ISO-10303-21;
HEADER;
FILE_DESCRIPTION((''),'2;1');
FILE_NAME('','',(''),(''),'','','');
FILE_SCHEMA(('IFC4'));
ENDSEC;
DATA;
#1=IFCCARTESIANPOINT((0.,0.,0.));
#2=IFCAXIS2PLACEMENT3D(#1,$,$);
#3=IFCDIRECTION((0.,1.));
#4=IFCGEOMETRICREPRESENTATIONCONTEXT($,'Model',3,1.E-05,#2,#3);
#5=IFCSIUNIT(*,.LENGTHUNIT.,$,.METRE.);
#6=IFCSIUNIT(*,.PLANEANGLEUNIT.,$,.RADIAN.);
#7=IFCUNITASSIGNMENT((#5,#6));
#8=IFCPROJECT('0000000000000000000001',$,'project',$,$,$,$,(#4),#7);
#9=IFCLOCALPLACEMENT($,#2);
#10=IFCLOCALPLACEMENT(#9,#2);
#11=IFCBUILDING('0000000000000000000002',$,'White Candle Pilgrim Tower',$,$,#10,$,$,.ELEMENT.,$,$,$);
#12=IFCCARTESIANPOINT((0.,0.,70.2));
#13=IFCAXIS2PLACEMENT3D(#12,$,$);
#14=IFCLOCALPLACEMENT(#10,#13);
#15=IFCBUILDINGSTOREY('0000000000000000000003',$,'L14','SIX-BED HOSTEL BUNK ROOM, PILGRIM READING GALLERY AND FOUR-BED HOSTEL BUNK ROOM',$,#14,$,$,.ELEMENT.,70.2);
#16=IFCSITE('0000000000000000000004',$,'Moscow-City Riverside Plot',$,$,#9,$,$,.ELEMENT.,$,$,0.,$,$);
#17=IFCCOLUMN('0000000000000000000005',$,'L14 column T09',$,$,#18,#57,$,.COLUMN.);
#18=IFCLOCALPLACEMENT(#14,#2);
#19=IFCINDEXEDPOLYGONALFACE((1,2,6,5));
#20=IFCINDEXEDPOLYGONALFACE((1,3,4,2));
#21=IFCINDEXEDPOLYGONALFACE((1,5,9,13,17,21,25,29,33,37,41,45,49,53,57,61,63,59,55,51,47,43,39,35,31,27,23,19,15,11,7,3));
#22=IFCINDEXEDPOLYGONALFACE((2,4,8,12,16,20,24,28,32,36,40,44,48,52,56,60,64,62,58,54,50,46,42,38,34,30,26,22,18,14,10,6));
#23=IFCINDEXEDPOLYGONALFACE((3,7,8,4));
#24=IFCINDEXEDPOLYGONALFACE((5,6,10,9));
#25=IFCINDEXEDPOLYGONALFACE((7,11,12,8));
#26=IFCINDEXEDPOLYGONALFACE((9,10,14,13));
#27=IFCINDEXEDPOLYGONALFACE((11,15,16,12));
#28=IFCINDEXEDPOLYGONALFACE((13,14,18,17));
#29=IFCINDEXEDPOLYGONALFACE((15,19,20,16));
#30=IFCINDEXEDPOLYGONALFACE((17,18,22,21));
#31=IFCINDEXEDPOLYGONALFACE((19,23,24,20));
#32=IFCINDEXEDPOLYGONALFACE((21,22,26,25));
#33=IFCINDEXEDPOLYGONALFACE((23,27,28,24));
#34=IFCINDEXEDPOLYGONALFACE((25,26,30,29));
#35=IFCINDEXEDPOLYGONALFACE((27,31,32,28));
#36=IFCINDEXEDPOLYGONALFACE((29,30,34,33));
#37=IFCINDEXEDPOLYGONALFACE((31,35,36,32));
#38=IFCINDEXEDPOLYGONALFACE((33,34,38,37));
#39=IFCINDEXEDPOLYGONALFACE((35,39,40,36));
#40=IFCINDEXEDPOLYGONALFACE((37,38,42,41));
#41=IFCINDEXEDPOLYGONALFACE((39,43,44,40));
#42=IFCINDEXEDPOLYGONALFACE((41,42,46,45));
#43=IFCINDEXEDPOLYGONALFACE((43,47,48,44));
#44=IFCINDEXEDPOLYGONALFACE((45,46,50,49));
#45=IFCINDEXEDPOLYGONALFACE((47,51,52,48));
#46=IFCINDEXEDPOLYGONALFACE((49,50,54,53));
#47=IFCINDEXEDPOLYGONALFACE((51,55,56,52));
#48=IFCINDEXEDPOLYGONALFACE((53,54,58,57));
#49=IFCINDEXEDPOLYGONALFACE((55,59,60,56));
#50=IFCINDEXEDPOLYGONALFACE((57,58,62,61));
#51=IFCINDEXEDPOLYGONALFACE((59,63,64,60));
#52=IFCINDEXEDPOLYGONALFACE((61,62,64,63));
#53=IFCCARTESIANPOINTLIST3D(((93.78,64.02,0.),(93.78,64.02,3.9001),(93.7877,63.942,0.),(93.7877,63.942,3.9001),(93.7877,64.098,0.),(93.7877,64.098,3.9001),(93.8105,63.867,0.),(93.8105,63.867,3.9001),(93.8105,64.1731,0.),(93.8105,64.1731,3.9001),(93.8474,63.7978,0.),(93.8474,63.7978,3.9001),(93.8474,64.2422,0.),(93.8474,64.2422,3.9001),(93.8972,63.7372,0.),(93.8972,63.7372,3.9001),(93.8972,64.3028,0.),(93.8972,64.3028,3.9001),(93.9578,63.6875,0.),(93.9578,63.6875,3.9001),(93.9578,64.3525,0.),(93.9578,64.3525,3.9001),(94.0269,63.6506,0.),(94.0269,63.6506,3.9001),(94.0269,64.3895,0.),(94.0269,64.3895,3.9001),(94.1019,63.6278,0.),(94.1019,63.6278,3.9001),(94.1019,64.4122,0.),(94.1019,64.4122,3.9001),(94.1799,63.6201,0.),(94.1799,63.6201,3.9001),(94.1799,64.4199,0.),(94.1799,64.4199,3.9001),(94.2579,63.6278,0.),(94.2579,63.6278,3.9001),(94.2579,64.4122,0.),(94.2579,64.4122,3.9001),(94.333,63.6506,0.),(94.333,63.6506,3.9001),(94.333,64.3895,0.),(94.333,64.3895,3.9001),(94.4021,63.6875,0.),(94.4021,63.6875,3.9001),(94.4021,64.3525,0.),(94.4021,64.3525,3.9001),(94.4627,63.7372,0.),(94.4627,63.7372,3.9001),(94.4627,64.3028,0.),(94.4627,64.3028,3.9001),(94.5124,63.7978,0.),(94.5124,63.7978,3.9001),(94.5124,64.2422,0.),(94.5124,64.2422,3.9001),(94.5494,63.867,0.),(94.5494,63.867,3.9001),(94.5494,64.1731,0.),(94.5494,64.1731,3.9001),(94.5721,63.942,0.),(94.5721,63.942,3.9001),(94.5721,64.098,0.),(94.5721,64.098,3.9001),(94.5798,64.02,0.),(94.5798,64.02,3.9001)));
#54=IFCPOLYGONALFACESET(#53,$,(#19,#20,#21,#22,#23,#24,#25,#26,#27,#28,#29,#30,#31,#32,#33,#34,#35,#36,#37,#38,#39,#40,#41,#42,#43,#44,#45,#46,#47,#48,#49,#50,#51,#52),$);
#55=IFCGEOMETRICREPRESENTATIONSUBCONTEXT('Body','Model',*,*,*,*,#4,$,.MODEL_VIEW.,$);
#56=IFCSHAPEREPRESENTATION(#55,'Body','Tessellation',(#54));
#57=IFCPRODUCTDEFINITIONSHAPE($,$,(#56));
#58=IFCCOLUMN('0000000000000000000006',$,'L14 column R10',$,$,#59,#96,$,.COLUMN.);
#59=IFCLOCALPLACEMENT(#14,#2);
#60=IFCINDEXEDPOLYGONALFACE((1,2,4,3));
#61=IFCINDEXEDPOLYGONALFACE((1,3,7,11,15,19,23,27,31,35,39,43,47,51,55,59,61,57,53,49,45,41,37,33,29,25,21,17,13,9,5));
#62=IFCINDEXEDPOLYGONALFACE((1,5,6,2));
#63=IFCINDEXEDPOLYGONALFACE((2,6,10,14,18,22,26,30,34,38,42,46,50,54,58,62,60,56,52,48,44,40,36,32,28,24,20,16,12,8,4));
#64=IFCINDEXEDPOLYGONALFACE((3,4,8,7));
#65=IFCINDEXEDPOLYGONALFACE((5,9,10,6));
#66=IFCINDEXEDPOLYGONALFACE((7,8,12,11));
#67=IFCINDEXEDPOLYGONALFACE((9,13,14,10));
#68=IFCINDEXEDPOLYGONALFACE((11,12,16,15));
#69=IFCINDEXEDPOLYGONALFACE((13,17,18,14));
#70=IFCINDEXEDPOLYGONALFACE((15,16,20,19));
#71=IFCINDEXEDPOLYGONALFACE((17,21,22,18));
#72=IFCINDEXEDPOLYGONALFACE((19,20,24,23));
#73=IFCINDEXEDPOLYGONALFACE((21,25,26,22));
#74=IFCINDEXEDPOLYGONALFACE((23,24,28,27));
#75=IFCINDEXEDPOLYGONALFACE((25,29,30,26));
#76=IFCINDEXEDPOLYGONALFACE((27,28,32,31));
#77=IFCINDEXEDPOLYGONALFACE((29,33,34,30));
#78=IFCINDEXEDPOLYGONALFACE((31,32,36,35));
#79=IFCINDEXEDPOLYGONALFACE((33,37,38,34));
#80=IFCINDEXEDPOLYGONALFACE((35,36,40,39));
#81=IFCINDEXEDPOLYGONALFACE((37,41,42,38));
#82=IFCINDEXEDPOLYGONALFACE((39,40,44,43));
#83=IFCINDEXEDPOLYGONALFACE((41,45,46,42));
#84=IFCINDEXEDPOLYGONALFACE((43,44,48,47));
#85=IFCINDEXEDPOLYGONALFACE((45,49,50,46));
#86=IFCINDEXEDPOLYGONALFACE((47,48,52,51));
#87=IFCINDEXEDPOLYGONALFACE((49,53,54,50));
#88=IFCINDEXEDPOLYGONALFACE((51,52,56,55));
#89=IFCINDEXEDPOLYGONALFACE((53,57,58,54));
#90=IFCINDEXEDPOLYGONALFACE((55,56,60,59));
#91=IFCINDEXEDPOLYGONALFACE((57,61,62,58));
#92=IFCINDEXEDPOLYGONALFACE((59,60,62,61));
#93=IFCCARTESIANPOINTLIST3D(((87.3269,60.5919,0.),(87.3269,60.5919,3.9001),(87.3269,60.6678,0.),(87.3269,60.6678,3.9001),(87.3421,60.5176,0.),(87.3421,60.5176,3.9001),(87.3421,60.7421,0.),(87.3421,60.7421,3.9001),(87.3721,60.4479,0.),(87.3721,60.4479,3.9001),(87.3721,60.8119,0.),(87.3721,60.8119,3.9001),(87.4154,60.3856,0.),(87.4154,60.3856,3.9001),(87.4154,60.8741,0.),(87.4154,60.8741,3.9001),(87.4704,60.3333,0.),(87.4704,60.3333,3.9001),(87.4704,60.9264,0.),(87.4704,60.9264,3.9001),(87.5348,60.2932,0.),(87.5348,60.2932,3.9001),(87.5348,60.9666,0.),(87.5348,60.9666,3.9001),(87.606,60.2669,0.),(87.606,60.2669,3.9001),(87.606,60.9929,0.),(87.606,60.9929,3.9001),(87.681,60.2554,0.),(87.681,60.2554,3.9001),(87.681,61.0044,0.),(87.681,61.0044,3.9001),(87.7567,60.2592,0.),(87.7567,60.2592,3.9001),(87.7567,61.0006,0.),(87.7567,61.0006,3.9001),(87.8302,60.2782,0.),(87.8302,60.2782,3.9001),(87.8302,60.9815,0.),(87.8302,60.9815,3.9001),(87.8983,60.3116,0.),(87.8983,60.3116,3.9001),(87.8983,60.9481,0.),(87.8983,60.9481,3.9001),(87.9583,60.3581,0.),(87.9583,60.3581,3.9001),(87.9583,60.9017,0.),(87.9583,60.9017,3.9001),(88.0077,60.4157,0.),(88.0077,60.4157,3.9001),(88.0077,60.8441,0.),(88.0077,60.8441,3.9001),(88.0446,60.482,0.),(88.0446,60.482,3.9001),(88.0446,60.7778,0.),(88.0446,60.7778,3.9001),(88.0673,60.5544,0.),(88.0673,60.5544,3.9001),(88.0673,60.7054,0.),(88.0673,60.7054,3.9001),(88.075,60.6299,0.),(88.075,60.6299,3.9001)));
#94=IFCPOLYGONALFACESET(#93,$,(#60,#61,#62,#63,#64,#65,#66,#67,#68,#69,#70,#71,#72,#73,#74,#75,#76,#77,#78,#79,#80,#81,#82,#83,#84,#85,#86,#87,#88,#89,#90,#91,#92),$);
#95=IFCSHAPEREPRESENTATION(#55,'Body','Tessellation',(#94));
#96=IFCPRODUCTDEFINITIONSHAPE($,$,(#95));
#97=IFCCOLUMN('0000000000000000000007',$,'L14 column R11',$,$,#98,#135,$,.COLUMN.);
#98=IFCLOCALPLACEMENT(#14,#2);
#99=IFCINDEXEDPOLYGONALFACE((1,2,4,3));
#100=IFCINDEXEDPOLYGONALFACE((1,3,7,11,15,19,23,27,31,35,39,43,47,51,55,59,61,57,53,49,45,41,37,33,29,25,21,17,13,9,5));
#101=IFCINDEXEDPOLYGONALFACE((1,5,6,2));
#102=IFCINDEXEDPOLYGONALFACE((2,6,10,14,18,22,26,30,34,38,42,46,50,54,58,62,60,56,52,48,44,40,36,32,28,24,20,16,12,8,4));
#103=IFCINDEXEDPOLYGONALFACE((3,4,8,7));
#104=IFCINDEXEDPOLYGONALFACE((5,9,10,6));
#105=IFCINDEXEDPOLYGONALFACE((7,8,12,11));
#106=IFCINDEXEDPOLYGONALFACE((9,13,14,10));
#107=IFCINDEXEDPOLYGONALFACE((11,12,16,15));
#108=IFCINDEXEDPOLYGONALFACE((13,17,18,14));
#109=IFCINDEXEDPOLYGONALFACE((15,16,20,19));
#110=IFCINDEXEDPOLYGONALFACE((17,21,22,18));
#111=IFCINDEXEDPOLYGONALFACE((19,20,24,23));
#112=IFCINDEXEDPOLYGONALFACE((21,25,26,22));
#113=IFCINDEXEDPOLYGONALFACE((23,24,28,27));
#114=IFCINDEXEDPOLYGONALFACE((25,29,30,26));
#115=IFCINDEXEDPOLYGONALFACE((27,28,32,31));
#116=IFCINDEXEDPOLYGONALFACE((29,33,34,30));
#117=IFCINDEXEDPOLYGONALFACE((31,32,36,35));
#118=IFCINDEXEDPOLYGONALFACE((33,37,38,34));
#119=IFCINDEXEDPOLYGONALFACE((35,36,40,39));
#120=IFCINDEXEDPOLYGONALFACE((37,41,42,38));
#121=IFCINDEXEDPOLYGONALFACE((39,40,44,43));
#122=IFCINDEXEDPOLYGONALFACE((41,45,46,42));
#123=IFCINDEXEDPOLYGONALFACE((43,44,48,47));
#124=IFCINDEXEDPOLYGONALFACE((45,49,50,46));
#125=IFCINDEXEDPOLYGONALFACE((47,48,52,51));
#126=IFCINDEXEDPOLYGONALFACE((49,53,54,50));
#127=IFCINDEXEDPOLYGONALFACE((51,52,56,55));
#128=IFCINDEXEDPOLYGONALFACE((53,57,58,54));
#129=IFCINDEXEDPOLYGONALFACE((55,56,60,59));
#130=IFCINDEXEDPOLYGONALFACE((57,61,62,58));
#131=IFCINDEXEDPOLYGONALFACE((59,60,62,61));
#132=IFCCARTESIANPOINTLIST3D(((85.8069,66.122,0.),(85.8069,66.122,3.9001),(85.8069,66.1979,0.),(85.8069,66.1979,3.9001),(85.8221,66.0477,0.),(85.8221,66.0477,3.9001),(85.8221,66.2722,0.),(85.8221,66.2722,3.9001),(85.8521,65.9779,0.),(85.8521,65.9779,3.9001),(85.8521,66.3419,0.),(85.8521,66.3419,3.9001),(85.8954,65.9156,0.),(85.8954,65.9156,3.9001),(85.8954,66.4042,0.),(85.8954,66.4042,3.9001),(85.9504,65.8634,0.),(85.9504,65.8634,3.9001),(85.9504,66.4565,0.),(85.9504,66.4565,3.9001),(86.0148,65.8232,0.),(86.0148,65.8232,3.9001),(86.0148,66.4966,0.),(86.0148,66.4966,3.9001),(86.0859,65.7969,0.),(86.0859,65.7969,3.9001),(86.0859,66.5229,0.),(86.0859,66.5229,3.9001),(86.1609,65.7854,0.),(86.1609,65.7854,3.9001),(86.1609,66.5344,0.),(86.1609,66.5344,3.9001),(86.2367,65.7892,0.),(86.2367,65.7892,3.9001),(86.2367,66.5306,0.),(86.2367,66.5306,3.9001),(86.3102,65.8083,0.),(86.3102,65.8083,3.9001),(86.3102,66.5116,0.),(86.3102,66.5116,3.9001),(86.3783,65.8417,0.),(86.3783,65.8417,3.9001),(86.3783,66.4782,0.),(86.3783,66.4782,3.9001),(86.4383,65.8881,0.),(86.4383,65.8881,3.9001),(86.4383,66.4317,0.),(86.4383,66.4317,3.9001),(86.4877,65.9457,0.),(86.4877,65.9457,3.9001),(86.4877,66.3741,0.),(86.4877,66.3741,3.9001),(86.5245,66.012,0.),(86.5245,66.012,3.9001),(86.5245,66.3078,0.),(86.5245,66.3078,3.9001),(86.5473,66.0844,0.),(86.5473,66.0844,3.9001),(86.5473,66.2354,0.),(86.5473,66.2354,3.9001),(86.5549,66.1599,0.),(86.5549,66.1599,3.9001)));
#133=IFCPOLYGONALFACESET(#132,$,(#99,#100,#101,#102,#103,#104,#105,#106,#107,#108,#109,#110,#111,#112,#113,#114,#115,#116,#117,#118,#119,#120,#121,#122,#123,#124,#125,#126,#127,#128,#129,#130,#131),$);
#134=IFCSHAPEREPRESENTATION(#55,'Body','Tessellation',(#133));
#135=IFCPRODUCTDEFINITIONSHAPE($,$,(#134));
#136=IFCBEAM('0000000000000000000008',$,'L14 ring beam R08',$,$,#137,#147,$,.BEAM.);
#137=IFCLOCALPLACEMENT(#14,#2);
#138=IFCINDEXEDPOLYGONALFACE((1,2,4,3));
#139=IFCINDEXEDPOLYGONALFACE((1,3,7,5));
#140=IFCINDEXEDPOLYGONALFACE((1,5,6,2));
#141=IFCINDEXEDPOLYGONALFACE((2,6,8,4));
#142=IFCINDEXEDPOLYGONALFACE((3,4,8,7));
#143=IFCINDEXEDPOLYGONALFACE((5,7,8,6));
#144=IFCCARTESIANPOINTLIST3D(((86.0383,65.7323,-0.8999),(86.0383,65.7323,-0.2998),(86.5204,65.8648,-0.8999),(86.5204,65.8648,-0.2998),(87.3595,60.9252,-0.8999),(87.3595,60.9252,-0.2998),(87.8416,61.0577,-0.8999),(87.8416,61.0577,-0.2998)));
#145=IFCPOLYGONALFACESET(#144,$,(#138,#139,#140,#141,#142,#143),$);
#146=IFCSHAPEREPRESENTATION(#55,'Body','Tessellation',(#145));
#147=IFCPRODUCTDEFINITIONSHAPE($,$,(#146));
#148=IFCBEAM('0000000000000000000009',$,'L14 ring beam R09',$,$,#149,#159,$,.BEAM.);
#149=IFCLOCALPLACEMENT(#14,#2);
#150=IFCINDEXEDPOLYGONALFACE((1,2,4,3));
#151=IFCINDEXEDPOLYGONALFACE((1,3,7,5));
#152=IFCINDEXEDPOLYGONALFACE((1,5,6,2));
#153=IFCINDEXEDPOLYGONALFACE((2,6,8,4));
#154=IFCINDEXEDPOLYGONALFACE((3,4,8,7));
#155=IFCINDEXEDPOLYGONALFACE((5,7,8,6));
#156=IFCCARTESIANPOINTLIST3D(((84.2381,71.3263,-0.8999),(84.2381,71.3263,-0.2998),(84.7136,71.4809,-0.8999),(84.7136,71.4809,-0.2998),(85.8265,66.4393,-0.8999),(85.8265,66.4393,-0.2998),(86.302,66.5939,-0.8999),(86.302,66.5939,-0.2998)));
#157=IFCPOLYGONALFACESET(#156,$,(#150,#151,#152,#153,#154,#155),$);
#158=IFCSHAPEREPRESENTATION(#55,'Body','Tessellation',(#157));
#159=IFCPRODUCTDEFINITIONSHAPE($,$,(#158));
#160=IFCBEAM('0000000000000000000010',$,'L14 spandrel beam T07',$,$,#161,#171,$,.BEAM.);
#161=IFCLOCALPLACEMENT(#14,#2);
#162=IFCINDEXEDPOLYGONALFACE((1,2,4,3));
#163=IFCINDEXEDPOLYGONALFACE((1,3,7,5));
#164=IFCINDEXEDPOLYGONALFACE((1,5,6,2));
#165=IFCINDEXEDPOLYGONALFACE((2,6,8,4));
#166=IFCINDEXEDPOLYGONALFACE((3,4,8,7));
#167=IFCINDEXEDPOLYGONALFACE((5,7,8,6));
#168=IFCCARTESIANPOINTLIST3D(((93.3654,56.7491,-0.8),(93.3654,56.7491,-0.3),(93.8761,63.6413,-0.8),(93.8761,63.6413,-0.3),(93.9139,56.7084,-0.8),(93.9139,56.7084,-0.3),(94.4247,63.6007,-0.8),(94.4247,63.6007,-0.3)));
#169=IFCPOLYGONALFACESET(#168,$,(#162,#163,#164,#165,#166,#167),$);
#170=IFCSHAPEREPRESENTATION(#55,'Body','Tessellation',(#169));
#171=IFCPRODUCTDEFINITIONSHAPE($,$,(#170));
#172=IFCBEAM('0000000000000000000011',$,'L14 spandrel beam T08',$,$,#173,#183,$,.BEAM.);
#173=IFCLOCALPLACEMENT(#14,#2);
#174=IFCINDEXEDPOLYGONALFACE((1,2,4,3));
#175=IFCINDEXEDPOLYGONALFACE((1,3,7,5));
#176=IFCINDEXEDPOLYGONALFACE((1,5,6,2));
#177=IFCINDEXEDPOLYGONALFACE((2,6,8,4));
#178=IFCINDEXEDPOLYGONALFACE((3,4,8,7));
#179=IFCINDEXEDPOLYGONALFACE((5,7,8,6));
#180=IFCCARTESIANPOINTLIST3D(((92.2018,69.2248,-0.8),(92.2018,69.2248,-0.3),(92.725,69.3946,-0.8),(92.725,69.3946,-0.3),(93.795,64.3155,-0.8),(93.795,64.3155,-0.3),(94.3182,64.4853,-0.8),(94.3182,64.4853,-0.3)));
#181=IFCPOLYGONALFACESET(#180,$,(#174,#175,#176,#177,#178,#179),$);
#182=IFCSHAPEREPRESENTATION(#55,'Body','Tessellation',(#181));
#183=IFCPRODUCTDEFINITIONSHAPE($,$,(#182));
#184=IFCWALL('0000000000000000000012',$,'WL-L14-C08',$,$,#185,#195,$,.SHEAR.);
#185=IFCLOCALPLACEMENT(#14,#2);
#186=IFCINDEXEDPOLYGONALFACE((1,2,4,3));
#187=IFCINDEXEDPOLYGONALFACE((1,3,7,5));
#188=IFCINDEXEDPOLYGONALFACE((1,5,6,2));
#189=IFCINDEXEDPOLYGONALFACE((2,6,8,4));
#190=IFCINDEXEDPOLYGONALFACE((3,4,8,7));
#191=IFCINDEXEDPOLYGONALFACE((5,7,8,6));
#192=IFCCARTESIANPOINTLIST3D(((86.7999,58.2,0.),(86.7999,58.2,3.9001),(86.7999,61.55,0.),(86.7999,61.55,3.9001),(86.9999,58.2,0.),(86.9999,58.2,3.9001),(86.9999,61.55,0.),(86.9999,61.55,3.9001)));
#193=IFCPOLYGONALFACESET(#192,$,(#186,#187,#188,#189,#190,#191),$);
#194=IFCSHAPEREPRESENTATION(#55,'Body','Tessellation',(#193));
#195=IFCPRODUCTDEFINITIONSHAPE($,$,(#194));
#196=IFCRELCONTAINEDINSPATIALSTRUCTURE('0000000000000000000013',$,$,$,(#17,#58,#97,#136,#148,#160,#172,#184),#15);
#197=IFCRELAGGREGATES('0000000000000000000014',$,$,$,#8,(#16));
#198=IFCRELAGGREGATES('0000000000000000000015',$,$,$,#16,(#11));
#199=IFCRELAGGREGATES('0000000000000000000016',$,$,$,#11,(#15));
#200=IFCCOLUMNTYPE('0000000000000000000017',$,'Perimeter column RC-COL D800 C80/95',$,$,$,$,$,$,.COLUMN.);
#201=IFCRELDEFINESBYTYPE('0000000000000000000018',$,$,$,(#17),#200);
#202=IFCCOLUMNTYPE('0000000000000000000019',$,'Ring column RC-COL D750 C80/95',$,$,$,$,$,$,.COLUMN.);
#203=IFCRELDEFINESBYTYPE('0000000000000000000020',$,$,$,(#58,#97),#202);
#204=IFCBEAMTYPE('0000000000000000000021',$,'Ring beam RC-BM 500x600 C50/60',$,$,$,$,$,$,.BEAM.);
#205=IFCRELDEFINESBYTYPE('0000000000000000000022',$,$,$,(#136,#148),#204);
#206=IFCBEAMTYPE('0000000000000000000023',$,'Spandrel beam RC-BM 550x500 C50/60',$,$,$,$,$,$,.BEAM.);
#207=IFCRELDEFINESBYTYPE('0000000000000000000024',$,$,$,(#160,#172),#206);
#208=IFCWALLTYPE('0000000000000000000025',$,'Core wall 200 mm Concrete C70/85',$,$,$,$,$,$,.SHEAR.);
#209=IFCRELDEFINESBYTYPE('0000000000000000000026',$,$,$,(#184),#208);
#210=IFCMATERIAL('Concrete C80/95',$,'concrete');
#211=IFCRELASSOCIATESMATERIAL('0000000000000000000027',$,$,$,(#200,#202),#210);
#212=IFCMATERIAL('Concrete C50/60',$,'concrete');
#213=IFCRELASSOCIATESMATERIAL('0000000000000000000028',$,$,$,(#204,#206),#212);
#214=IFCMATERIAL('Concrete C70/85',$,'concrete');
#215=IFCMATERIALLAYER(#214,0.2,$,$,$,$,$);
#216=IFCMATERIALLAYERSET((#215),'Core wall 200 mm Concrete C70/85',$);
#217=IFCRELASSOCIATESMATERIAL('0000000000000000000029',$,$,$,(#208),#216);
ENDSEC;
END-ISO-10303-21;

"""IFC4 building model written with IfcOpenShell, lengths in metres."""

from ifc_helpers import new_model, si_unit, direction, frame, frame_2d, origin, origin_2d, place, context, subcontext, project, spatial, rectangle, circle, extrude, material, layer, layer_set, material_profile, profile_set, type_object, element, save


model = new_model("IFC4")

# Units and contexts
model_context = context("Model", 3, precision=1e-05, world=origin(), true_north=direction((0.0, 1.0)))
body_context = subcontext(model_context, "Body", "Model", "MODEL_VIEW")
ifc_project = project(units=[si_unit("LENGTHUNIT", "METRE"), si_unit("PLANEANGLEUNIT", "RADIAN")], contexts=[model_context])

# Site, building, storey
site_placement = place(None, origin())
site = spatial("IfcSite", under=ifc_project, at=site_placement, Name="Moscow-City Riverside Plot", CompositionType="ELEMENT", RefElevation=0.0)
building_placement = place(site_placement, origin())
building = spatial("IfcBuilding", under=site, at=building_placement, Name="White Candle Pilgrim Tower", CompositionType="ELEMENT")
storey_placement = place(building_placement, frame((0.0, 0.0, 70.2)))
storey = spatial("IfcBuildingStorey", under=building, at=storey_placement, Name="L14", Description="SIX-BED HOSTEL BUNK ROOM, PILGRIM READING GALLERY AND FOUR-BED HOSTEL BUNK ROOM", CompositionType="ELEMENT", Elevation=70.2)

# Columns
ifc_material_1 = material(Name="Concrete C80/95", Category="concrete")
ifc_material_profile_1 = material_profile(ifc_material_1, circle(Radius=0.3999, at=origin_2d()), Name="RC-COL D800")
ifc_profile_set_1 = profile_set([ifc_material_profile_1], Name="Concrete C80/95")
column_type_1 = type_object("IfcColumnType", Name="Perimeter column RC-COL D800 C80/95", PredefinedType="COLUMN", material=ifc_profile_set_1)
column_placement = place(storey_placement, frame((94.1799, 64.02, 0.0), z_axis=(0.0, 0.0, 1.0), x_axis=(1.0, 0.0, 0.0)))
element("IfcColumn", 1, at=column_placement, inside=storey, type_object=column_type_1, Name="L14 column T09", PredefinedType="COLUMN", context=body_context, shape_type="SweptSolid", body=[
    extrude(circle(Radius=0.3999, at=origin_2d()), origin(), (0.0, 0.0, 1.0), 3.9001),
])
ifc_material_profile_2 = material_profile(ifc_material_1, circle(Radius=0.375, at=origin_2d()), Name="RC-COL D750")
ifc_profile_set_2 = profile_set([ifc_material_profile_2], Name="Concrete C80/95")
column_type_2 = type_object("IfcColumnType", Name="Ring column RC-COL D750 C80/95", PredefinedType="COLUMN", material=ifc_profile_set_2)
for number, where, z_axis, x_axis, name in (
    (2, (87.7, 60.6299, 0.0), (0.0, 0.0, 1.0), (1.0, 0.0, 0.0), "L14 column R10"),
    (3, (86.1799, 66.1599, 0.0), (0.0, 0.0, 1.0), (1.0, 0.0, 0.0), "L14 column R11"),
):
    element("IfcColumn", number, at=place(storey_placement, frame(where, z_axis=z_axis, x_axis=x_axis)), inside=storey, type_object=column_type_2, Name=name, PredefinedType="COLUMN", context=body_context, shape_type="SweptSolid", body=[
        extrude(circle(Radius=0.375, at=origin_2d()), origin(), (0.0, 0.0, 1.0), 3.9001),
    ])

# Beams
ifc_material_2 = material(Name="Concrete C50/60", Category="concrete")
ifc_material_profile_3 = material_profile(ifc_material_2, rectangle(XDim=0.5, YDim=0.6001, at=origin_2d()), Name="RC-BM 500x600")
ifc_profile_set_3 = profile_set([ifc_material_profile_3], Name="Concrete C50/60")
beam_type_1 = type_object("IfcBeamType", Name="Ring beam RC-BM 500x600 C50/60", PredefinedType="BEAM", material=ifc_profile_set_3)
beam_1_placement = place(storey_placement, frame((87.6006, 60.9915, -0.5999), z_axis=(-0.265031, 0.96424, 0.0), x_axis=(-0.96424, -0.265031, 0.0)))
element("IfcBeam", 4, at=beam_1_placement, inside=storey, type_object=beam_type_1, Name="L14 ring beam R08", PredefinedType="BEAM", context=body_context, shape_type="SweptSolid", body=[
    extrude(rectangle(XDim=0.5, YDim=0.6001, at=origin_2d()), origin(), (0.0, 0.0, 1.0), 4.9854),
])
beam_2_placement = place(storey_placement, frame((86.0642, 66.5166, -0.5999), z_axis=(-0.309106, 0.951027, 0.0), x_axis=(-0.951027, -0.309106, 0.0)))
element("IfcBeam", 5, at=beam_2_placement, inside=storey, type_object=beam_type_1, Name="L14 ring beam R09", PredefinedType="BEAM", context=body_context, shape_type="SweptSolid", body=[
    extrude(rectangle(XDim=0.5, YDim=0.6001, at=origin_2d()), origin(), (0.0, 0.0, 1.0), 5.1387),
])
ifc_material_profile_4 = material_profile(ifc_material_2, rectangle(XDim=0.55, YDim=0.5, at=origin_2d()), Name="RC-BM 550x500")
ifc_profile_set_4 = profile_set([ifc_material_profile_4], Name="Concrete C50/60")
beam_type_2 = type_object("IfcBeamType", Name="Spandrel beam RC-BM 550x500 C50/60", PredefinedType="BEAM", material=ifc_profile_set_4)
beam_3_placement = place(storey_placement, frame((93.6396, 56.7288, -0.55), z_axis=(0.0739, 0.997266, 0.0), x_axis=(-0.997266, 0.0739, 0.0)))
element("IfcBeam", 6, at=beam_3_placement, inside=storey, type_object=beam_type_2, Name="L14 spandrel beam T07", PredefinedType="BEAM", context=body_context, shape_type="SweptSolid", body=[
    extrude(rectangle(XDim=0.55, YDim=0.5, at=origin_2d()), origin(), (0.0, 0.0, 1.0), 6.9111),
])
beam_4_placement = place(storey_placement, frame((94.0566, 64.4004, -0.55), z_axis=(-0.308683, 0.951165, 0.0), x_axis=(-0.951165, -0.308683, 0.0)))
element("IfcBeam", 7, at=beam_4_placement, inside=storey, type_object=beam_type_2, Name="L14 spandrel beam T08", PredefinedType="BEAM", context=body_context, shape_type="SweptSolid", body=[
    extrude(rectangle(XDim=0.55, YDim=0.5, at=origin_2d()), origin(), (0.0, 0.0, 1.0), 5.1614),
])

# Wall
ifc_material_3 = material(Name="Concrete C70/85", Category="concrete")
ifc_layer_1 = layer(ifc_material_3, 0.2)
ifc_layer_set_1 = layer_set([ifc_layer_1], Name="Core wall 200 mm Concrete C70/85")
wall_type_1 = type_object("IfcWallType", Name="Core wall 200 mm Concrete C70/85", PredefinedType="SHEAR", material=ifc_layer_set_1)
wall_1_placement = place(storey_placement, frame((86.8999, 58.2, 0.0), z_axis=(0.0, 0.0, 1.0), x_axis=(0.0, 1.0, 0.0)))
element("IfcWall", 8, at=wall_1_placement, inside=storey, type_object=wall_type_1, Name="WL-L14-C08", PredefinedType="SHEAR", context=body_context, shape_type="SweptSolid", body=[
    extrude(rectangle(XDim=3.3501, YDim=0.2, at=frame_2d((1.675, 0.0))), origin(), (0.0, 0.0, 1.0), 3.9001),
])

save(model, "model.ifc")
